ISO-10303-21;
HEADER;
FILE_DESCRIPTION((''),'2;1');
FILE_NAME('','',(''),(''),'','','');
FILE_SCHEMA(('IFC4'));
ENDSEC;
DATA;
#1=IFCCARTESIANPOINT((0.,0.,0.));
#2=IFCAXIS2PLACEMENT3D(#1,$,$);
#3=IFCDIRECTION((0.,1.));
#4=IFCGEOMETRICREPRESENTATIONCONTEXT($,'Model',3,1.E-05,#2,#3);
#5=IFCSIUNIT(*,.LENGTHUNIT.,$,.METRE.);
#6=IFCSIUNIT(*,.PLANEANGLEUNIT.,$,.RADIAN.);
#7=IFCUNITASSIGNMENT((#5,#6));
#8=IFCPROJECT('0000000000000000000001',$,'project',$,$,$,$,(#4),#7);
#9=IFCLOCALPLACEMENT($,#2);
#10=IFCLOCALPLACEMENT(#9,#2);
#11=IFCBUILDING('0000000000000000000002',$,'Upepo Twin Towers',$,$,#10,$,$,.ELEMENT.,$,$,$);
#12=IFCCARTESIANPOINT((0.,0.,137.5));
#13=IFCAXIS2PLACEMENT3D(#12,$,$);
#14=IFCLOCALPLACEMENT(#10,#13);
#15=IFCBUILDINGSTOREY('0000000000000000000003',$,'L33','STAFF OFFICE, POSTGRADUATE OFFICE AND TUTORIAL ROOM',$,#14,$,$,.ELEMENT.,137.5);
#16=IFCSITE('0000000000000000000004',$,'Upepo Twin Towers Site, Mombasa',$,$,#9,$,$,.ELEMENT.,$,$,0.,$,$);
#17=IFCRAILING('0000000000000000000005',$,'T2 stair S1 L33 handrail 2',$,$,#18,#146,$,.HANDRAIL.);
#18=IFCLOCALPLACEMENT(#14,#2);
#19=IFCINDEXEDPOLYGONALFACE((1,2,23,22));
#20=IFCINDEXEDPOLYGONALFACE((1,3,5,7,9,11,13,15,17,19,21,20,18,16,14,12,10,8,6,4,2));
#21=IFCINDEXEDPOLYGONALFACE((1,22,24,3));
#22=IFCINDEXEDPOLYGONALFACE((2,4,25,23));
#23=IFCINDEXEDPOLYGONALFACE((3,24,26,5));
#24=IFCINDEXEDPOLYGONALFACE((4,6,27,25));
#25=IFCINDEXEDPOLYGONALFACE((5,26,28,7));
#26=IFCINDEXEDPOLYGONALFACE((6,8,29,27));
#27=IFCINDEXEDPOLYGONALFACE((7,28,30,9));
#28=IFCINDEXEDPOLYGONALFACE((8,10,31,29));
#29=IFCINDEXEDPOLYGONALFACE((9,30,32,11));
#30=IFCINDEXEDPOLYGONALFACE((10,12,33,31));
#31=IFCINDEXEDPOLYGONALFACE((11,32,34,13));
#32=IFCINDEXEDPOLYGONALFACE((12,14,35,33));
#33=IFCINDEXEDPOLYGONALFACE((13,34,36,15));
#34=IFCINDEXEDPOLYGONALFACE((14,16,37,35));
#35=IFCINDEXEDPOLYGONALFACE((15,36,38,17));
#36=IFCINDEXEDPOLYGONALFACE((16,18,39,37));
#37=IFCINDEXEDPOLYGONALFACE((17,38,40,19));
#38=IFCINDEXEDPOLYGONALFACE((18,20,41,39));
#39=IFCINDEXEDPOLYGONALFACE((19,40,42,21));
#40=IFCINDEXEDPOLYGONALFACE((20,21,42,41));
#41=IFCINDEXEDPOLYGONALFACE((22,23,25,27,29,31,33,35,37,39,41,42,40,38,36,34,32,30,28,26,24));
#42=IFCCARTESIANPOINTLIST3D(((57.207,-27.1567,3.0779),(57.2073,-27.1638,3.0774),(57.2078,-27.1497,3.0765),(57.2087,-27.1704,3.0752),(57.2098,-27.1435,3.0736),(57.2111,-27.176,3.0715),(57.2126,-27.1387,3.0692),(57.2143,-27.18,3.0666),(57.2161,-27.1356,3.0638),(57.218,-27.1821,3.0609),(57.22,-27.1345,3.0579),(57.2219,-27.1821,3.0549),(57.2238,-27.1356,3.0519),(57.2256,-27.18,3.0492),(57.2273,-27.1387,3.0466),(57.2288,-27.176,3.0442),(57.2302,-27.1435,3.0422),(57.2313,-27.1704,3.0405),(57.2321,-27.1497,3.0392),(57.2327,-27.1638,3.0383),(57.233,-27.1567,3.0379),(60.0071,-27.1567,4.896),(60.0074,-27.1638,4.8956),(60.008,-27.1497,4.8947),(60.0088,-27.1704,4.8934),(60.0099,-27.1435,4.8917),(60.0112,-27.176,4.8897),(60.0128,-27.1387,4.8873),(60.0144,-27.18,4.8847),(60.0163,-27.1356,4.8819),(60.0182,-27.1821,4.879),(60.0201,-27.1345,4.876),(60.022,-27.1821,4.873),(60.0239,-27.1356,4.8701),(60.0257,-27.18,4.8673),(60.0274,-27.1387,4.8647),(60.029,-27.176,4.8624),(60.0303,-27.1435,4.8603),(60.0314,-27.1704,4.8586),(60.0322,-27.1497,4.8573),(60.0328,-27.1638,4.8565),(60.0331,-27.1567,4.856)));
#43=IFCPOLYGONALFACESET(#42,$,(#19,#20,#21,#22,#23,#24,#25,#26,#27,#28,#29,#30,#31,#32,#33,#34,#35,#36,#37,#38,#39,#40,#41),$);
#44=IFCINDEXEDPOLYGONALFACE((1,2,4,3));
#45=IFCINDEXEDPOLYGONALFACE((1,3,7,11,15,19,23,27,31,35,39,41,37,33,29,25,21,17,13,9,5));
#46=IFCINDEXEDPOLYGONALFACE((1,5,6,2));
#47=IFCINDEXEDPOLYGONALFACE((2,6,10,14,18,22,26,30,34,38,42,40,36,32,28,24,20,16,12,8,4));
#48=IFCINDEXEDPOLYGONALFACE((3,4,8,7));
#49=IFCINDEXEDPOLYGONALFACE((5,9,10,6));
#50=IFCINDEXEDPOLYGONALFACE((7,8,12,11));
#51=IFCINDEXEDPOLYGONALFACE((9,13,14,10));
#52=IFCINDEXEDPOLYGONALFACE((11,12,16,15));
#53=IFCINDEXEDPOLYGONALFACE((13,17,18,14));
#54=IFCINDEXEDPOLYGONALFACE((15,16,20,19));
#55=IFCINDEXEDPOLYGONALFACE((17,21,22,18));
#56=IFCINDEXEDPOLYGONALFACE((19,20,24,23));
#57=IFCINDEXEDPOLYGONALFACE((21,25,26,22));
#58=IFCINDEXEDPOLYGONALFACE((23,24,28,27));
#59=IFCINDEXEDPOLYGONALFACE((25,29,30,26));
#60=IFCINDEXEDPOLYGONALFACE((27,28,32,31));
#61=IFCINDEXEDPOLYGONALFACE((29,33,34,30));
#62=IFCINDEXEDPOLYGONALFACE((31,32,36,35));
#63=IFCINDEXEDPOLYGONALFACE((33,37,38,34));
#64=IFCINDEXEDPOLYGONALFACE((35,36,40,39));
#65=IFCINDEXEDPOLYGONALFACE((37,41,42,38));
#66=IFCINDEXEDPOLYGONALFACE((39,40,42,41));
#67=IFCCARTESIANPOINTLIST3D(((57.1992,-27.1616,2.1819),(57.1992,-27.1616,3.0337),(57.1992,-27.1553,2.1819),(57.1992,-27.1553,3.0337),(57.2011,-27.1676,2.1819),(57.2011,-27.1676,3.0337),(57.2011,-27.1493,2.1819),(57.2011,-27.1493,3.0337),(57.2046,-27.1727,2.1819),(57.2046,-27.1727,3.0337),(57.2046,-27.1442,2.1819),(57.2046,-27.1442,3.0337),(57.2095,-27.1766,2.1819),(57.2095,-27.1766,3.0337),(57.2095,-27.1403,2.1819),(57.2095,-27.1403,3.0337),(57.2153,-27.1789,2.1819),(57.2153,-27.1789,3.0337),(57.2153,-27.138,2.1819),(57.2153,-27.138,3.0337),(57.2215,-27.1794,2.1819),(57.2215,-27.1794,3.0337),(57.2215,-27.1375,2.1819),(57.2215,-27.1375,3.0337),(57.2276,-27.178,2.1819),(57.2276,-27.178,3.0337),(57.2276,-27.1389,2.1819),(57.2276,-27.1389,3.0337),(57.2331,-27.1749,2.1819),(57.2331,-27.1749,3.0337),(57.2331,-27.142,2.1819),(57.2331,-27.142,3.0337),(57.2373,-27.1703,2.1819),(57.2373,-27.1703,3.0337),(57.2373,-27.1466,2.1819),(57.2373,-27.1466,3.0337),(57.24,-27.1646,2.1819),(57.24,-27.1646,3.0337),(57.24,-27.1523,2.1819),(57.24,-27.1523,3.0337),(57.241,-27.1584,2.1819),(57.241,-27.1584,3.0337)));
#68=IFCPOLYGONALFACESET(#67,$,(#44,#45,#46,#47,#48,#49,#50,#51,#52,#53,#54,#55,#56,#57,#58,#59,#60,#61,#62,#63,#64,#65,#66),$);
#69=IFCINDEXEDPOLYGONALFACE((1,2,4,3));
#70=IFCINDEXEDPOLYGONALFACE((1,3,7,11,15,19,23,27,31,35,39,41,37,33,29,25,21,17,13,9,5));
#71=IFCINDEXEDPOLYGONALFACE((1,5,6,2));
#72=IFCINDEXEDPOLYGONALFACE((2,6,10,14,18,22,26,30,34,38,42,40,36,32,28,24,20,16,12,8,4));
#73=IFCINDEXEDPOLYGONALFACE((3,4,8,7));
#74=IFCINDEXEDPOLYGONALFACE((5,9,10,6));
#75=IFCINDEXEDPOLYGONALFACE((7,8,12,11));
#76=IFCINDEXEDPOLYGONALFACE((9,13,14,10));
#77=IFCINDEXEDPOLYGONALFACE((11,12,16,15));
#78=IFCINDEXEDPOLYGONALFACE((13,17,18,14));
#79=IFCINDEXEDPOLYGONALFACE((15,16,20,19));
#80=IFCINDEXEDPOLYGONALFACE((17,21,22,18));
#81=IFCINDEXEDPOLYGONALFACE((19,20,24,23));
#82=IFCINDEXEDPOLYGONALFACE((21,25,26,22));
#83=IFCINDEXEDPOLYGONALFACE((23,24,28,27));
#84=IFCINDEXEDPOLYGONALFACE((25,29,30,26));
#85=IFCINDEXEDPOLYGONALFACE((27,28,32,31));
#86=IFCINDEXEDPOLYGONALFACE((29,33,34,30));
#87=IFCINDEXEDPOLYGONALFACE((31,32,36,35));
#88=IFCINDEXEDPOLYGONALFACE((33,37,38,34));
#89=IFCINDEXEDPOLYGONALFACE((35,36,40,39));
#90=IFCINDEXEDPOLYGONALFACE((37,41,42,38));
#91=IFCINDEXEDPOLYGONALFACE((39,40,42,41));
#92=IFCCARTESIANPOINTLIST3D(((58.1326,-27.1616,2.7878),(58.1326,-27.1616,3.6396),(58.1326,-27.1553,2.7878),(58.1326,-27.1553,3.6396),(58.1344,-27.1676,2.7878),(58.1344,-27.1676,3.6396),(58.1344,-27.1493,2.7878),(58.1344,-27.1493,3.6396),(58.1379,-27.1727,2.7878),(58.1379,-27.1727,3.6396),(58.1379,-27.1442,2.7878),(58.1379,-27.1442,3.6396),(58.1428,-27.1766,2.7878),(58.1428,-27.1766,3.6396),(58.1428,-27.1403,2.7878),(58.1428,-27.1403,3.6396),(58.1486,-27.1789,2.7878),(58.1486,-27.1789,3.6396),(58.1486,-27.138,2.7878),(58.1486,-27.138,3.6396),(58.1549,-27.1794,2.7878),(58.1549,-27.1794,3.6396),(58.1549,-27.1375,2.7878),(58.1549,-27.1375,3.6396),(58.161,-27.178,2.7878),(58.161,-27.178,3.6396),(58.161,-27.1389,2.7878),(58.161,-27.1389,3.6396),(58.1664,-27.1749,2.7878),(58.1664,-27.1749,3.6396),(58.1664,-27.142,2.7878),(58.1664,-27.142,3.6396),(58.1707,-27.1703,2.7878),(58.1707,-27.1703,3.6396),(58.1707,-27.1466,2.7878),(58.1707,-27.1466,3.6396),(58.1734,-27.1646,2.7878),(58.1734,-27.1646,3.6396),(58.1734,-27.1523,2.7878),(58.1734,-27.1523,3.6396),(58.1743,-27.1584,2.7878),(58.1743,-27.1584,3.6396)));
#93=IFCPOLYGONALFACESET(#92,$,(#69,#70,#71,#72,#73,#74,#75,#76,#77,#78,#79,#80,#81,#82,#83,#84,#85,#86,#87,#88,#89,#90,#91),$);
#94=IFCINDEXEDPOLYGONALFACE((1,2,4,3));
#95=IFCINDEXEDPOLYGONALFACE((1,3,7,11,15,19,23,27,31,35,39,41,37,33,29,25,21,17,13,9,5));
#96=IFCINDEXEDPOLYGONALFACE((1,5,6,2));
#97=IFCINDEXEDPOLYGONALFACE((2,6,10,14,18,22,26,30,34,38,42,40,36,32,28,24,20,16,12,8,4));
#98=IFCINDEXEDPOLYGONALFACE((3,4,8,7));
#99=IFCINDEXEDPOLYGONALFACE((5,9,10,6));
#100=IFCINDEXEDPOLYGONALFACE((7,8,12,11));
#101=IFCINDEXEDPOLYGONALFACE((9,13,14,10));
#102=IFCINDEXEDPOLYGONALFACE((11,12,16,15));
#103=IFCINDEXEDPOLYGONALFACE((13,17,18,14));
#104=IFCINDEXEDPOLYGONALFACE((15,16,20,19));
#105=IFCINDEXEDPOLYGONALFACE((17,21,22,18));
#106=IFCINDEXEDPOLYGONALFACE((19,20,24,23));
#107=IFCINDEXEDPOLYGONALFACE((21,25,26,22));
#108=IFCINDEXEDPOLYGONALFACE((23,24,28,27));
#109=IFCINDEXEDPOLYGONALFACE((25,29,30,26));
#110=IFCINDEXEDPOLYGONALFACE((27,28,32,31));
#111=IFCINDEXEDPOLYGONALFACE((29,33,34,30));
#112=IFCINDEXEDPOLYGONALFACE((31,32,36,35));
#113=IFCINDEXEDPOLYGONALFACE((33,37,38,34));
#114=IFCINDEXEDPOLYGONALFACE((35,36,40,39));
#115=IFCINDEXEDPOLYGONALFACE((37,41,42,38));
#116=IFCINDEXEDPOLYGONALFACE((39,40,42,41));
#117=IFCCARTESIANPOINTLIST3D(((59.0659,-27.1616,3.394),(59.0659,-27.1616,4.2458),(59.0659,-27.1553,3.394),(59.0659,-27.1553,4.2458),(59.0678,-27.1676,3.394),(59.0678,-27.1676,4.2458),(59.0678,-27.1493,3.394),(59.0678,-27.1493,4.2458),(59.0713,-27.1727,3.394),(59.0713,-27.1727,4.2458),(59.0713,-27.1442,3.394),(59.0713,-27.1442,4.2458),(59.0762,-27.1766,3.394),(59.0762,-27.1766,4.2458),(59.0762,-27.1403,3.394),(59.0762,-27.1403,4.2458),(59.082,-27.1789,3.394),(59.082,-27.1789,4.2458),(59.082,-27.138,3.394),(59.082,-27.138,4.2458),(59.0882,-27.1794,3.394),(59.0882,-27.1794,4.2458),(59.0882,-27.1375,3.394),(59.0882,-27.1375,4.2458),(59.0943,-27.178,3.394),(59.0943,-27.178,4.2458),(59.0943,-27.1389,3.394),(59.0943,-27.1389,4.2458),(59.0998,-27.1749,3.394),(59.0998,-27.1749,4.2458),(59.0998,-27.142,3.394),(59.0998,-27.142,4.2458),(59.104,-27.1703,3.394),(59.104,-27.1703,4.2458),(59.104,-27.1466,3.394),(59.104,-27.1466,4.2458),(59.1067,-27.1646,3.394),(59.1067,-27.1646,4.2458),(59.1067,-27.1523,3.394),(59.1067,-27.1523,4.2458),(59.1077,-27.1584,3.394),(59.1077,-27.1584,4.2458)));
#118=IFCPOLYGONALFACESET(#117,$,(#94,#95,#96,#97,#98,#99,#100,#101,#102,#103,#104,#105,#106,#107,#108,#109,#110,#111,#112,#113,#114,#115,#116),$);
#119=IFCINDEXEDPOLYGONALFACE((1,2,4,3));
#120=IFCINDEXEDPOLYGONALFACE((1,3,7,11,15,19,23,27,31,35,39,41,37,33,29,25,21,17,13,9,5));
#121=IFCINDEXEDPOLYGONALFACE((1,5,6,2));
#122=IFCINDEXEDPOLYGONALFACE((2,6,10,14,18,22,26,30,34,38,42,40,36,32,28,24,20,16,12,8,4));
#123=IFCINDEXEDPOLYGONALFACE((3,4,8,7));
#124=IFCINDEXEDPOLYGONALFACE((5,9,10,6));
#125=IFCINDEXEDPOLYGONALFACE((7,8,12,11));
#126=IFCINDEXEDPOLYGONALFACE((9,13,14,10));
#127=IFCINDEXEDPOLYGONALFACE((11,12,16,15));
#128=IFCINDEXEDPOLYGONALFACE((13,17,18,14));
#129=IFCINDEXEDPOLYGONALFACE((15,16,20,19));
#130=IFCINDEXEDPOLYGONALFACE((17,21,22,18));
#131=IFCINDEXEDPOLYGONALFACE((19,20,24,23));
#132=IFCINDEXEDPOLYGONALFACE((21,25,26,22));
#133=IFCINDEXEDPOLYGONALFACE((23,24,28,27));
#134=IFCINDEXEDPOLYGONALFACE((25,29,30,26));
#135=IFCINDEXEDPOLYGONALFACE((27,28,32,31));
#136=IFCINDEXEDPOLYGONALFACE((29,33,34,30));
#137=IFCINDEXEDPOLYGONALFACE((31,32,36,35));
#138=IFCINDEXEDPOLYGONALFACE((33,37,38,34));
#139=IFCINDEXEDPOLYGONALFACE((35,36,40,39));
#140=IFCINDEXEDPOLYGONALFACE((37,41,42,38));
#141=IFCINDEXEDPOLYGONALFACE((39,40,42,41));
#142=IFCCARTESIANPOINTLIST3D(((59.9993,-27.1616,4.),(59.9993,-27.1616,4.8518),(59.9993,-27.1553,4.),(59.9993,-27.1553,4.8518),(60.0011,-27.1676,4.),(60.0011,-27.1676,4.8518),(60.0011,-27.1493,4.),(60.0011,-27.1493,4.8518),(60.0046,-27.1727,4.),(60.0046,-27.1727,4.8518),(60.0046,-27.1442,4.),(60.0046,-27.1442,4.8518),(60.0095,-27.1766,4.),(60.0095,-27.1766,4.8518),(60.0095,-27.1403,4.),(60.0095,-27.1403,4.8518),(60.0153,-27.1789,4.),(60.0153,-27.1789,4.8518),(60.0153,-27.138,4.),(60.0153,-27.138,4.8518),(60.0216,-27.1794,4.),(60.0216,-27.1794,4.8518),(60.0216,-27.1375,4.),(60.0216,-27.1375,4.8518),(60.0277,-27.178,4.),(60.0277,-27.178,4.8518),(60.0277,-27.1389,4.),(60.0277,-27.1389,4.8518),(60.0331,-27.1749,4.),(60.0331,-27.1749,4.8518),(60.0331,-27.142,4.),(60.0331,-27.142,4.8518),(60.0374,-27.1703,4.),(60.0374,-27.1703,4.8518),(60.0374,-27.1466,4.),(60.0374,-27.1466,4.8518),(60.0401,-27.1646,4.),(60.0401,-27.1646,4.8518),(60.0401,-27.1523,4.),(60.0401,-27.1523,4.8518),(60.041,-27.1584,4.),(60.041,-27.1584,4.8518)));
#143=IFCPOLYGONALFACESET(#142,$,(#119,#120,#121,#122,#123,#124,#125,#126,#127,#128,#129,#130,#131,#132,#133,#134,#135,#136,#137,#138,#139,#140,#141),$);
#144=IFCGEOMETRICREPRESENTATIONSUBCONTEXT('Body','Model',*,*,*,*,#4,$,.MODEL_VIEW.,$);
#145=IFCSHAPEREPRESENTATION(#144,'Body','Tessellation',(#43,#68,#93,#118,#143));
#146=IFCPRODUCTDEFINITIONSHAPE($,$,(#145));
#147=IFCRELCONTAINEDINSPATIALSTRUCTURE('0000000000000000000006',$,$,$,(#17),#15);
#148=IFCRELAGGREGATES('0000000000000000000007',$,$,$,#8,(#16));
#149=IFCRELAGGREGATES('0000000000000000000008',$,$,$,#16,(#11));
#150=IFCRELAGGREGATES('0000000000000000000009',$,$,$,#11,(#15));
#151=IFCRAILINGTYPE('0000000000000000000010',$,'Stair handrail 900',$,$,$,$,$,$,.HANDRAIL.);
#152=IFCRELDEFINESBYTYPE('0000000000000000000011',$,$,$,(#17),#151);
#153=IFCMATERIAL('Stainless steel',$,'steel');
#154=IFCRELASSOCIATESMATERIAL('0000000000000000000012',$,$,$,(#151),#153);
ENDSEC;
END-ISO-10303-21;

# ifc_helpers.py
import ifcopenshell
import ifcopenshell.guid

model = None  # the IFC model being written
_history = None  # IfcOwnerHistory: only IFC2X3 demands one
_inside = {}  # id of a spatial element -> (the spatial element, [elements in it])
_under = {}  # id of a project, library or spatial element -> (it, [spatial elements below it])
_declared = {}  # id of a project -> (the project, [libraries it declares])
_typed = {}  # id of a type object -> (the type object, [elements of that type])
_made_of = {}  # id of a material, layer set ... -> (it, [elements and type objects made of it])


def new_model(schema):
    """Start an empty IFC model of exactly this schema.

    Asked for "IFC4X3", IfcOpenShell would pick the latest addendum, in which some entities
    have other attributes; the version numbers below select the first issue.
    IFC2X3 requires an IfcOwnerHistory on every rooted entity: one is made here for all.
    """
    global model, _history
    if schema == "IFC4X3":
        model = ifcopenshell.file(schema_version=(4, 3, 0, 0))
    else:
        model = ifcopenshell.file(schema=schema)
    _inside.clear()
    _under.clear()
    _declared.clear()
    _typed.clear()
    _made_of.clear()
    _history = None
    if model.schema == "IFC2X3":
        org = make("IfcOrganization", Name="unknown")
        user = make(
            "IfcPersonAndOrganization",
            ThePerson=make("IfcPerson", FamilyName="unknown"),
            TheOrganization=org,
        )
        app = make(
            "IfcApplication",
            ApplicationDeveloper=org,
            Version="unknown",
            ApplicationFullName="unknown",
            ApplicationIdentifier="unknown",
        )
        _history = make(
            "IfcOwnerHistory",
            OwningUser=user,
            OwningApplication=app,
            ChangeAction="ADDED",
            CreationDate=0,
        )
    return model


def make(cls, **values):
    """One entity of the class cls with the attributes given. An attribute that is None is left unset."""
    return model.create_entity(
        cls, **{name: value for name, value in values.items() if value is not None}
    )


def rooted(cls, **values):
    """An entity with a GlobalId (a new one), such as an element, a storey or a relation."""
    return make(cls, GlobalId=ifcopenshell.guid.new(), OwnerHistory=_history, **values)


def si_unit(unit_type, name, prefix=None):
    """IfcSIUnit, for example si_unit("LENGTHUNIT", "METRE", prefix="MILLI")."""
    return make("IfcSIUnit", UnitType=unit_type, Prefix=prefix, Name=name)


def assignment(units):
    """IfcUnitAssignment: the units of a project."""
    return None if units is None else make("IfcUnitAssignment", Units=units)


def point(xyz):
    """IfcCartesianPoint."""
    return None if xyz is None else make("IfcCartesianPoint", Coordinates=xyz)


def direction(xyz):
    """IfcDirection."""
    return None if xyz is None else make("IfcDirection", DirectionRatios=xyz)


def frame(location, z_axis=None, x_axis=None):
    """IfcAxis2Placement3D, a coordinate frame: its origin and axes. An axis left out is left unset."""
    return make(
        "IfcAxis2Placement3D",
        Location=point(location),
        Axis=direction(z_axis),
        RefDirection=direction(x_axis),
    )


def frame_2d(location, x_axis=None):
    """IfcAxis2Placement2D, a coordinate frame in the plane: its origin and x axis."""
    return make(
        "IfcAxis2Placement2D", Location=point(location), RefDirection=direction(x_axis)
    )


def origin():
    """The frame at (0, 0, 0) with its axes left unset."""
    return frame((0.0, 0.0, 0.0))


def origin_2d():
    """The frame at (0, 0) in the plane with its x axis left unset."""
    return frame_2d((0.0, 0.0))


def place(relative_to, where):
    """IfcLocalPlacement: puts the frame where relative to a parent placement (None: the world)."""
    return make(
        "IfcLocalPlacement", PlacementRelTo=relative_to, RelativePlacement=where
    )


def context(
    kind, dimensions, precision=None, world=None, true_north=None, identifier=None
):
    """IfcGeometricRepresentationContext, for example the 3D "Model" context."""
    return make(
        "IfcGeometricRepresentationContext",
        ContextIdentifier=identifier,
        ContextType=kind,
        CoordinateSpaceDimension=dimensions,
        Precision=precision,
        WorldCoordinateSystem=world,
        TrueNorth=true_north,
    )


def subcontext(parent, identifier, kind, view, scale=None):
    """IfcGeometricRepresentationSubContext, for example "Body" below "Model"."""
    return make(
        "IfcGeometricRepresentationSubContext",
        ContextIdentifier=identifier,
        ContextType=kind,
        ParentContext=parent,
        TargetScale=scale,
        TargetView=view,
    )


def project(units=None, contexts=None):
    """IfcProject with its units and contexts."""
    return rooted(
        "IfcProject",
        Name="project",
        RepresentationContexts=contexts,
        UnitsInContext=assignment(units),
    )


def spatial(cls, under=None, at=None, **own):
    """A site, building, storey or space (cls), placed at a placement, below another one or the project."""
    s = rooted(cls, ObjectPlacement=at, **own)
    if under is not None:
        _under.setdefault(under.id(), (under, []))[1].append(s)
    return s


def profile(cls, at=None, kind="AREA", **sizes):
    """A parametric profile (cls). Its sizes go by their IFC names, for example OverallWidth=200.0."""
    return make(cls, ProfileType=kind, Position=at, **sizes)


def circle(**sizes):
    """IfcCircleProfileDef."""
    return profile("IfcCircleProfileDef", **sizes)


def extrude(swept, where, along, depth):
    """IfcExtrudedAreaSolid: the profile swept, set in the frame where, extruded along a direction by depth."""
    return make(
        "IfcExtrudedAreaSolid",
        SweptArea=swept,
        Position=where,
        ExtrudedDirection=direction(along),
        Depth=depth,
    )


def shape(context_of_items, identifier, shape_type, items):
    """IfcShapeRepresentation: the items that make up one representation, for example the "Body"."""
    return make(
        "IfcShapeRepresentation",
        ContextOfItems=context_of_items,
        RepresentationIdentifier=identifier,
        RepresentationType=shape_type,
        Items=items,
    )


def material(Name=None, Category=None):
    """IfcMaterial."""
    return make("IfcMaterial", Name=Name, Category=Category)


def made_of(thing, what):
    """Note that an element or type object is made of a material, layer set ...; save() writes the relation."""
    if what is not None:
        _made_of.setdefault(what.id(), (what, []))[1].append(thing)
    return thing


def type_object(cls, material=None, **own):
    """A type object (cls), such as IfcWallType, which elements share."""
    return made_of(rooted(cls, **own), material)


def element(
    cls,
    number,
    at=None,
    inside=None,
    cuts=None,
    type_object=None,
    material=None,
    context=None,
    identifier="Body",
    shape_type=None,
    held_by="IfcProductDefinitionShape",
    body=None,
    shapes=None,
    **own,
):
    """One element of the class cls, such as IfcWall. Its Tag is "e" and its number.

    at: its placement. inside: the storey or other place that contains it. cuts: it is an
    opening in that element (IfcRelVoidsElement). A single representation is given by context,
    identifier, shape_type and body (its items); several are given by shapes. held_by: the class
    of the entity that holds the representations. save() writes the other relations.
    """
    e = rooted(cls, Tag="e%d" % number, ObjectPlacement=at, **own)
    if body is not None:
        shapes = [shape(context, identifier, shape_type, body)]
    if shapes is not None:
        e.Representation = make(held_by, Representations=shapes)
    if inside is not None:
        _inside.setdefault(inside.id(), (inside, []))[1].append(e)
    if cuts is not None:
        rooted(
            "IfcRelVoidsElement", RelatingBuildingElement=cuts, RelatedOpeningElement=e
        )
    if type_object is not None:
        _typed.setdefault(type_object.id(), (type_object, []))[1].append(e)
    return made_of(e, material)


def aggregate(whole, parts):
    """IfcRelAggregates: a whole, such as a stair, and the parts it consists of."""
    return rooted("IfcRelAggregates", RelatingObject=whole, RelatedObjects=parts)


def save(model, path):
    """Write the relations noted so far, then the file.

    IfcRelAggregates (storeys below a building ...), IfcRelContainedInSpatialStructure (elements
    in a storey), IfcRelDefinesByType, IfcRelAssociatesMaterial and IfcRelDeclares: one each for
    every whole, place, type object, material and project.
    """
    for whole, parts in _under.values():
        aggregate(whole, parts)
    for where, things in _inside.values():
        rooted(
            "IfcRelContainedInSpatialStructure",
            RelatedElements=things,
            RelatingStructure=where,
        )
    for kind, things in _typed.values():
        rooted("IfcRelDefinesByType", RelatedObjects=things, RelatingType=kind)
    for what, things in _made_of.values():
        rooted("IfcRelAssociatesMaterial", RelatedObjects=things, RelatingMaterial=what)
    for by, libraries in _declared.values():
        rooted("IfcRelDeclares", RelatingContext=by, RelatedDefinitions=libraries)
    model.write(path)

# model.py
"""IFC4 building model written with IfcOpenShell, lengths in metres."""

from ifc_helpers import new_model, si_unit, direction, frame, origin, origin_2d, place, context, subcontext, project, spatial, circle, extrude, material, type_object, element, save


model = new_model("IFC4")

# Units and contexts
model_context = context("Model", 3, precision=1e-05, world=origin(), true_north=direction((0.0, 1.0)))
body_context = subcontext(model_context, "Body", "Model", "MODEL_VIEW")
ifc_project = project(units=[si_unit("LENGTHUNIT", "METRE"), si_unit("PLANEANGLEUNIT", "RADIAN")], contexts=[model_context])

# Site, building, storey
site_placement = place(None, origin())
site = spatial("IfcSite", under=ifc_project, at=site_placement, Name="Upepo Twin Towers Site, Mombasa", CompositionType="ELEMENT", RefElevation=0.0)
building_placement = place(site_placement, origin())
building = spatial("IfcBuilding", under=site, at=building_placement, Name="Upepo Twin Towers", CompositionType="ELEMENT")
storey_placement = place(building_placement, frame((0.0, 0.0, 137.5)))
storey = spatial("IfcBuildingStorey", under=building, at=storey_placement, Name="L33", Description="STAFF OFFICE, POSTGRADUATE OFFICE AND TUTORIAL ROOM", CompositionType="ELEMENT", Elevation=137.5)

# Railing
ifc_material_1 = material(Name="Stainless steel", Category="steel")
railing_type = type_object("IfcRailingType", Name="Stair handrail 900", PredefinedType="HANDRAIL", material=ifc_material_1)
railing_1_placement = place(storey_placement, frame((57.22, -27.1584, 2.1819)))
element("IfcRailing", 1, at=railing_1_placement, inside=storey, type_object=railing_type, Name="T2 stair S1 L33 handrail 2", PredefinedType="HANDRAIL", context=body_context, shape_type="SweptSolid", body=[
    extrude(circle(Radius=0.0239, at=origin_2d()), frame((0.0, 0.0, 0.876), z_axis=(0.838706, 0.0, 0.544585), x_axis=(0.0, 1.0, 0.0)), (0.0, 0.0, 1.0), 3.3386),
    extrude(circle(Radius=0.021, at=origin_2d()), origin(), (0.0, 0.0, 1.0), 0.8518),
    extrude(circle(Radius=0.021, at=origin_2d()), frame((0.9333, 0.0, 0.606)), (0.0, 0.0, 1.0), 0.8518),
    extrude(circle(Radius=0.021, at=origin_2d()), frame((1.8667, 0.0, 1.2122)), (0.0, 0.0, 1.0), 0.8518),
    extrude(circle(Radius=0.021, at=origin_2d()), frame((2.8, 0.0, 1.8181)), (0.0, 0.0, 1.0), 0.8518),
])

save(model, "model.ifc")
